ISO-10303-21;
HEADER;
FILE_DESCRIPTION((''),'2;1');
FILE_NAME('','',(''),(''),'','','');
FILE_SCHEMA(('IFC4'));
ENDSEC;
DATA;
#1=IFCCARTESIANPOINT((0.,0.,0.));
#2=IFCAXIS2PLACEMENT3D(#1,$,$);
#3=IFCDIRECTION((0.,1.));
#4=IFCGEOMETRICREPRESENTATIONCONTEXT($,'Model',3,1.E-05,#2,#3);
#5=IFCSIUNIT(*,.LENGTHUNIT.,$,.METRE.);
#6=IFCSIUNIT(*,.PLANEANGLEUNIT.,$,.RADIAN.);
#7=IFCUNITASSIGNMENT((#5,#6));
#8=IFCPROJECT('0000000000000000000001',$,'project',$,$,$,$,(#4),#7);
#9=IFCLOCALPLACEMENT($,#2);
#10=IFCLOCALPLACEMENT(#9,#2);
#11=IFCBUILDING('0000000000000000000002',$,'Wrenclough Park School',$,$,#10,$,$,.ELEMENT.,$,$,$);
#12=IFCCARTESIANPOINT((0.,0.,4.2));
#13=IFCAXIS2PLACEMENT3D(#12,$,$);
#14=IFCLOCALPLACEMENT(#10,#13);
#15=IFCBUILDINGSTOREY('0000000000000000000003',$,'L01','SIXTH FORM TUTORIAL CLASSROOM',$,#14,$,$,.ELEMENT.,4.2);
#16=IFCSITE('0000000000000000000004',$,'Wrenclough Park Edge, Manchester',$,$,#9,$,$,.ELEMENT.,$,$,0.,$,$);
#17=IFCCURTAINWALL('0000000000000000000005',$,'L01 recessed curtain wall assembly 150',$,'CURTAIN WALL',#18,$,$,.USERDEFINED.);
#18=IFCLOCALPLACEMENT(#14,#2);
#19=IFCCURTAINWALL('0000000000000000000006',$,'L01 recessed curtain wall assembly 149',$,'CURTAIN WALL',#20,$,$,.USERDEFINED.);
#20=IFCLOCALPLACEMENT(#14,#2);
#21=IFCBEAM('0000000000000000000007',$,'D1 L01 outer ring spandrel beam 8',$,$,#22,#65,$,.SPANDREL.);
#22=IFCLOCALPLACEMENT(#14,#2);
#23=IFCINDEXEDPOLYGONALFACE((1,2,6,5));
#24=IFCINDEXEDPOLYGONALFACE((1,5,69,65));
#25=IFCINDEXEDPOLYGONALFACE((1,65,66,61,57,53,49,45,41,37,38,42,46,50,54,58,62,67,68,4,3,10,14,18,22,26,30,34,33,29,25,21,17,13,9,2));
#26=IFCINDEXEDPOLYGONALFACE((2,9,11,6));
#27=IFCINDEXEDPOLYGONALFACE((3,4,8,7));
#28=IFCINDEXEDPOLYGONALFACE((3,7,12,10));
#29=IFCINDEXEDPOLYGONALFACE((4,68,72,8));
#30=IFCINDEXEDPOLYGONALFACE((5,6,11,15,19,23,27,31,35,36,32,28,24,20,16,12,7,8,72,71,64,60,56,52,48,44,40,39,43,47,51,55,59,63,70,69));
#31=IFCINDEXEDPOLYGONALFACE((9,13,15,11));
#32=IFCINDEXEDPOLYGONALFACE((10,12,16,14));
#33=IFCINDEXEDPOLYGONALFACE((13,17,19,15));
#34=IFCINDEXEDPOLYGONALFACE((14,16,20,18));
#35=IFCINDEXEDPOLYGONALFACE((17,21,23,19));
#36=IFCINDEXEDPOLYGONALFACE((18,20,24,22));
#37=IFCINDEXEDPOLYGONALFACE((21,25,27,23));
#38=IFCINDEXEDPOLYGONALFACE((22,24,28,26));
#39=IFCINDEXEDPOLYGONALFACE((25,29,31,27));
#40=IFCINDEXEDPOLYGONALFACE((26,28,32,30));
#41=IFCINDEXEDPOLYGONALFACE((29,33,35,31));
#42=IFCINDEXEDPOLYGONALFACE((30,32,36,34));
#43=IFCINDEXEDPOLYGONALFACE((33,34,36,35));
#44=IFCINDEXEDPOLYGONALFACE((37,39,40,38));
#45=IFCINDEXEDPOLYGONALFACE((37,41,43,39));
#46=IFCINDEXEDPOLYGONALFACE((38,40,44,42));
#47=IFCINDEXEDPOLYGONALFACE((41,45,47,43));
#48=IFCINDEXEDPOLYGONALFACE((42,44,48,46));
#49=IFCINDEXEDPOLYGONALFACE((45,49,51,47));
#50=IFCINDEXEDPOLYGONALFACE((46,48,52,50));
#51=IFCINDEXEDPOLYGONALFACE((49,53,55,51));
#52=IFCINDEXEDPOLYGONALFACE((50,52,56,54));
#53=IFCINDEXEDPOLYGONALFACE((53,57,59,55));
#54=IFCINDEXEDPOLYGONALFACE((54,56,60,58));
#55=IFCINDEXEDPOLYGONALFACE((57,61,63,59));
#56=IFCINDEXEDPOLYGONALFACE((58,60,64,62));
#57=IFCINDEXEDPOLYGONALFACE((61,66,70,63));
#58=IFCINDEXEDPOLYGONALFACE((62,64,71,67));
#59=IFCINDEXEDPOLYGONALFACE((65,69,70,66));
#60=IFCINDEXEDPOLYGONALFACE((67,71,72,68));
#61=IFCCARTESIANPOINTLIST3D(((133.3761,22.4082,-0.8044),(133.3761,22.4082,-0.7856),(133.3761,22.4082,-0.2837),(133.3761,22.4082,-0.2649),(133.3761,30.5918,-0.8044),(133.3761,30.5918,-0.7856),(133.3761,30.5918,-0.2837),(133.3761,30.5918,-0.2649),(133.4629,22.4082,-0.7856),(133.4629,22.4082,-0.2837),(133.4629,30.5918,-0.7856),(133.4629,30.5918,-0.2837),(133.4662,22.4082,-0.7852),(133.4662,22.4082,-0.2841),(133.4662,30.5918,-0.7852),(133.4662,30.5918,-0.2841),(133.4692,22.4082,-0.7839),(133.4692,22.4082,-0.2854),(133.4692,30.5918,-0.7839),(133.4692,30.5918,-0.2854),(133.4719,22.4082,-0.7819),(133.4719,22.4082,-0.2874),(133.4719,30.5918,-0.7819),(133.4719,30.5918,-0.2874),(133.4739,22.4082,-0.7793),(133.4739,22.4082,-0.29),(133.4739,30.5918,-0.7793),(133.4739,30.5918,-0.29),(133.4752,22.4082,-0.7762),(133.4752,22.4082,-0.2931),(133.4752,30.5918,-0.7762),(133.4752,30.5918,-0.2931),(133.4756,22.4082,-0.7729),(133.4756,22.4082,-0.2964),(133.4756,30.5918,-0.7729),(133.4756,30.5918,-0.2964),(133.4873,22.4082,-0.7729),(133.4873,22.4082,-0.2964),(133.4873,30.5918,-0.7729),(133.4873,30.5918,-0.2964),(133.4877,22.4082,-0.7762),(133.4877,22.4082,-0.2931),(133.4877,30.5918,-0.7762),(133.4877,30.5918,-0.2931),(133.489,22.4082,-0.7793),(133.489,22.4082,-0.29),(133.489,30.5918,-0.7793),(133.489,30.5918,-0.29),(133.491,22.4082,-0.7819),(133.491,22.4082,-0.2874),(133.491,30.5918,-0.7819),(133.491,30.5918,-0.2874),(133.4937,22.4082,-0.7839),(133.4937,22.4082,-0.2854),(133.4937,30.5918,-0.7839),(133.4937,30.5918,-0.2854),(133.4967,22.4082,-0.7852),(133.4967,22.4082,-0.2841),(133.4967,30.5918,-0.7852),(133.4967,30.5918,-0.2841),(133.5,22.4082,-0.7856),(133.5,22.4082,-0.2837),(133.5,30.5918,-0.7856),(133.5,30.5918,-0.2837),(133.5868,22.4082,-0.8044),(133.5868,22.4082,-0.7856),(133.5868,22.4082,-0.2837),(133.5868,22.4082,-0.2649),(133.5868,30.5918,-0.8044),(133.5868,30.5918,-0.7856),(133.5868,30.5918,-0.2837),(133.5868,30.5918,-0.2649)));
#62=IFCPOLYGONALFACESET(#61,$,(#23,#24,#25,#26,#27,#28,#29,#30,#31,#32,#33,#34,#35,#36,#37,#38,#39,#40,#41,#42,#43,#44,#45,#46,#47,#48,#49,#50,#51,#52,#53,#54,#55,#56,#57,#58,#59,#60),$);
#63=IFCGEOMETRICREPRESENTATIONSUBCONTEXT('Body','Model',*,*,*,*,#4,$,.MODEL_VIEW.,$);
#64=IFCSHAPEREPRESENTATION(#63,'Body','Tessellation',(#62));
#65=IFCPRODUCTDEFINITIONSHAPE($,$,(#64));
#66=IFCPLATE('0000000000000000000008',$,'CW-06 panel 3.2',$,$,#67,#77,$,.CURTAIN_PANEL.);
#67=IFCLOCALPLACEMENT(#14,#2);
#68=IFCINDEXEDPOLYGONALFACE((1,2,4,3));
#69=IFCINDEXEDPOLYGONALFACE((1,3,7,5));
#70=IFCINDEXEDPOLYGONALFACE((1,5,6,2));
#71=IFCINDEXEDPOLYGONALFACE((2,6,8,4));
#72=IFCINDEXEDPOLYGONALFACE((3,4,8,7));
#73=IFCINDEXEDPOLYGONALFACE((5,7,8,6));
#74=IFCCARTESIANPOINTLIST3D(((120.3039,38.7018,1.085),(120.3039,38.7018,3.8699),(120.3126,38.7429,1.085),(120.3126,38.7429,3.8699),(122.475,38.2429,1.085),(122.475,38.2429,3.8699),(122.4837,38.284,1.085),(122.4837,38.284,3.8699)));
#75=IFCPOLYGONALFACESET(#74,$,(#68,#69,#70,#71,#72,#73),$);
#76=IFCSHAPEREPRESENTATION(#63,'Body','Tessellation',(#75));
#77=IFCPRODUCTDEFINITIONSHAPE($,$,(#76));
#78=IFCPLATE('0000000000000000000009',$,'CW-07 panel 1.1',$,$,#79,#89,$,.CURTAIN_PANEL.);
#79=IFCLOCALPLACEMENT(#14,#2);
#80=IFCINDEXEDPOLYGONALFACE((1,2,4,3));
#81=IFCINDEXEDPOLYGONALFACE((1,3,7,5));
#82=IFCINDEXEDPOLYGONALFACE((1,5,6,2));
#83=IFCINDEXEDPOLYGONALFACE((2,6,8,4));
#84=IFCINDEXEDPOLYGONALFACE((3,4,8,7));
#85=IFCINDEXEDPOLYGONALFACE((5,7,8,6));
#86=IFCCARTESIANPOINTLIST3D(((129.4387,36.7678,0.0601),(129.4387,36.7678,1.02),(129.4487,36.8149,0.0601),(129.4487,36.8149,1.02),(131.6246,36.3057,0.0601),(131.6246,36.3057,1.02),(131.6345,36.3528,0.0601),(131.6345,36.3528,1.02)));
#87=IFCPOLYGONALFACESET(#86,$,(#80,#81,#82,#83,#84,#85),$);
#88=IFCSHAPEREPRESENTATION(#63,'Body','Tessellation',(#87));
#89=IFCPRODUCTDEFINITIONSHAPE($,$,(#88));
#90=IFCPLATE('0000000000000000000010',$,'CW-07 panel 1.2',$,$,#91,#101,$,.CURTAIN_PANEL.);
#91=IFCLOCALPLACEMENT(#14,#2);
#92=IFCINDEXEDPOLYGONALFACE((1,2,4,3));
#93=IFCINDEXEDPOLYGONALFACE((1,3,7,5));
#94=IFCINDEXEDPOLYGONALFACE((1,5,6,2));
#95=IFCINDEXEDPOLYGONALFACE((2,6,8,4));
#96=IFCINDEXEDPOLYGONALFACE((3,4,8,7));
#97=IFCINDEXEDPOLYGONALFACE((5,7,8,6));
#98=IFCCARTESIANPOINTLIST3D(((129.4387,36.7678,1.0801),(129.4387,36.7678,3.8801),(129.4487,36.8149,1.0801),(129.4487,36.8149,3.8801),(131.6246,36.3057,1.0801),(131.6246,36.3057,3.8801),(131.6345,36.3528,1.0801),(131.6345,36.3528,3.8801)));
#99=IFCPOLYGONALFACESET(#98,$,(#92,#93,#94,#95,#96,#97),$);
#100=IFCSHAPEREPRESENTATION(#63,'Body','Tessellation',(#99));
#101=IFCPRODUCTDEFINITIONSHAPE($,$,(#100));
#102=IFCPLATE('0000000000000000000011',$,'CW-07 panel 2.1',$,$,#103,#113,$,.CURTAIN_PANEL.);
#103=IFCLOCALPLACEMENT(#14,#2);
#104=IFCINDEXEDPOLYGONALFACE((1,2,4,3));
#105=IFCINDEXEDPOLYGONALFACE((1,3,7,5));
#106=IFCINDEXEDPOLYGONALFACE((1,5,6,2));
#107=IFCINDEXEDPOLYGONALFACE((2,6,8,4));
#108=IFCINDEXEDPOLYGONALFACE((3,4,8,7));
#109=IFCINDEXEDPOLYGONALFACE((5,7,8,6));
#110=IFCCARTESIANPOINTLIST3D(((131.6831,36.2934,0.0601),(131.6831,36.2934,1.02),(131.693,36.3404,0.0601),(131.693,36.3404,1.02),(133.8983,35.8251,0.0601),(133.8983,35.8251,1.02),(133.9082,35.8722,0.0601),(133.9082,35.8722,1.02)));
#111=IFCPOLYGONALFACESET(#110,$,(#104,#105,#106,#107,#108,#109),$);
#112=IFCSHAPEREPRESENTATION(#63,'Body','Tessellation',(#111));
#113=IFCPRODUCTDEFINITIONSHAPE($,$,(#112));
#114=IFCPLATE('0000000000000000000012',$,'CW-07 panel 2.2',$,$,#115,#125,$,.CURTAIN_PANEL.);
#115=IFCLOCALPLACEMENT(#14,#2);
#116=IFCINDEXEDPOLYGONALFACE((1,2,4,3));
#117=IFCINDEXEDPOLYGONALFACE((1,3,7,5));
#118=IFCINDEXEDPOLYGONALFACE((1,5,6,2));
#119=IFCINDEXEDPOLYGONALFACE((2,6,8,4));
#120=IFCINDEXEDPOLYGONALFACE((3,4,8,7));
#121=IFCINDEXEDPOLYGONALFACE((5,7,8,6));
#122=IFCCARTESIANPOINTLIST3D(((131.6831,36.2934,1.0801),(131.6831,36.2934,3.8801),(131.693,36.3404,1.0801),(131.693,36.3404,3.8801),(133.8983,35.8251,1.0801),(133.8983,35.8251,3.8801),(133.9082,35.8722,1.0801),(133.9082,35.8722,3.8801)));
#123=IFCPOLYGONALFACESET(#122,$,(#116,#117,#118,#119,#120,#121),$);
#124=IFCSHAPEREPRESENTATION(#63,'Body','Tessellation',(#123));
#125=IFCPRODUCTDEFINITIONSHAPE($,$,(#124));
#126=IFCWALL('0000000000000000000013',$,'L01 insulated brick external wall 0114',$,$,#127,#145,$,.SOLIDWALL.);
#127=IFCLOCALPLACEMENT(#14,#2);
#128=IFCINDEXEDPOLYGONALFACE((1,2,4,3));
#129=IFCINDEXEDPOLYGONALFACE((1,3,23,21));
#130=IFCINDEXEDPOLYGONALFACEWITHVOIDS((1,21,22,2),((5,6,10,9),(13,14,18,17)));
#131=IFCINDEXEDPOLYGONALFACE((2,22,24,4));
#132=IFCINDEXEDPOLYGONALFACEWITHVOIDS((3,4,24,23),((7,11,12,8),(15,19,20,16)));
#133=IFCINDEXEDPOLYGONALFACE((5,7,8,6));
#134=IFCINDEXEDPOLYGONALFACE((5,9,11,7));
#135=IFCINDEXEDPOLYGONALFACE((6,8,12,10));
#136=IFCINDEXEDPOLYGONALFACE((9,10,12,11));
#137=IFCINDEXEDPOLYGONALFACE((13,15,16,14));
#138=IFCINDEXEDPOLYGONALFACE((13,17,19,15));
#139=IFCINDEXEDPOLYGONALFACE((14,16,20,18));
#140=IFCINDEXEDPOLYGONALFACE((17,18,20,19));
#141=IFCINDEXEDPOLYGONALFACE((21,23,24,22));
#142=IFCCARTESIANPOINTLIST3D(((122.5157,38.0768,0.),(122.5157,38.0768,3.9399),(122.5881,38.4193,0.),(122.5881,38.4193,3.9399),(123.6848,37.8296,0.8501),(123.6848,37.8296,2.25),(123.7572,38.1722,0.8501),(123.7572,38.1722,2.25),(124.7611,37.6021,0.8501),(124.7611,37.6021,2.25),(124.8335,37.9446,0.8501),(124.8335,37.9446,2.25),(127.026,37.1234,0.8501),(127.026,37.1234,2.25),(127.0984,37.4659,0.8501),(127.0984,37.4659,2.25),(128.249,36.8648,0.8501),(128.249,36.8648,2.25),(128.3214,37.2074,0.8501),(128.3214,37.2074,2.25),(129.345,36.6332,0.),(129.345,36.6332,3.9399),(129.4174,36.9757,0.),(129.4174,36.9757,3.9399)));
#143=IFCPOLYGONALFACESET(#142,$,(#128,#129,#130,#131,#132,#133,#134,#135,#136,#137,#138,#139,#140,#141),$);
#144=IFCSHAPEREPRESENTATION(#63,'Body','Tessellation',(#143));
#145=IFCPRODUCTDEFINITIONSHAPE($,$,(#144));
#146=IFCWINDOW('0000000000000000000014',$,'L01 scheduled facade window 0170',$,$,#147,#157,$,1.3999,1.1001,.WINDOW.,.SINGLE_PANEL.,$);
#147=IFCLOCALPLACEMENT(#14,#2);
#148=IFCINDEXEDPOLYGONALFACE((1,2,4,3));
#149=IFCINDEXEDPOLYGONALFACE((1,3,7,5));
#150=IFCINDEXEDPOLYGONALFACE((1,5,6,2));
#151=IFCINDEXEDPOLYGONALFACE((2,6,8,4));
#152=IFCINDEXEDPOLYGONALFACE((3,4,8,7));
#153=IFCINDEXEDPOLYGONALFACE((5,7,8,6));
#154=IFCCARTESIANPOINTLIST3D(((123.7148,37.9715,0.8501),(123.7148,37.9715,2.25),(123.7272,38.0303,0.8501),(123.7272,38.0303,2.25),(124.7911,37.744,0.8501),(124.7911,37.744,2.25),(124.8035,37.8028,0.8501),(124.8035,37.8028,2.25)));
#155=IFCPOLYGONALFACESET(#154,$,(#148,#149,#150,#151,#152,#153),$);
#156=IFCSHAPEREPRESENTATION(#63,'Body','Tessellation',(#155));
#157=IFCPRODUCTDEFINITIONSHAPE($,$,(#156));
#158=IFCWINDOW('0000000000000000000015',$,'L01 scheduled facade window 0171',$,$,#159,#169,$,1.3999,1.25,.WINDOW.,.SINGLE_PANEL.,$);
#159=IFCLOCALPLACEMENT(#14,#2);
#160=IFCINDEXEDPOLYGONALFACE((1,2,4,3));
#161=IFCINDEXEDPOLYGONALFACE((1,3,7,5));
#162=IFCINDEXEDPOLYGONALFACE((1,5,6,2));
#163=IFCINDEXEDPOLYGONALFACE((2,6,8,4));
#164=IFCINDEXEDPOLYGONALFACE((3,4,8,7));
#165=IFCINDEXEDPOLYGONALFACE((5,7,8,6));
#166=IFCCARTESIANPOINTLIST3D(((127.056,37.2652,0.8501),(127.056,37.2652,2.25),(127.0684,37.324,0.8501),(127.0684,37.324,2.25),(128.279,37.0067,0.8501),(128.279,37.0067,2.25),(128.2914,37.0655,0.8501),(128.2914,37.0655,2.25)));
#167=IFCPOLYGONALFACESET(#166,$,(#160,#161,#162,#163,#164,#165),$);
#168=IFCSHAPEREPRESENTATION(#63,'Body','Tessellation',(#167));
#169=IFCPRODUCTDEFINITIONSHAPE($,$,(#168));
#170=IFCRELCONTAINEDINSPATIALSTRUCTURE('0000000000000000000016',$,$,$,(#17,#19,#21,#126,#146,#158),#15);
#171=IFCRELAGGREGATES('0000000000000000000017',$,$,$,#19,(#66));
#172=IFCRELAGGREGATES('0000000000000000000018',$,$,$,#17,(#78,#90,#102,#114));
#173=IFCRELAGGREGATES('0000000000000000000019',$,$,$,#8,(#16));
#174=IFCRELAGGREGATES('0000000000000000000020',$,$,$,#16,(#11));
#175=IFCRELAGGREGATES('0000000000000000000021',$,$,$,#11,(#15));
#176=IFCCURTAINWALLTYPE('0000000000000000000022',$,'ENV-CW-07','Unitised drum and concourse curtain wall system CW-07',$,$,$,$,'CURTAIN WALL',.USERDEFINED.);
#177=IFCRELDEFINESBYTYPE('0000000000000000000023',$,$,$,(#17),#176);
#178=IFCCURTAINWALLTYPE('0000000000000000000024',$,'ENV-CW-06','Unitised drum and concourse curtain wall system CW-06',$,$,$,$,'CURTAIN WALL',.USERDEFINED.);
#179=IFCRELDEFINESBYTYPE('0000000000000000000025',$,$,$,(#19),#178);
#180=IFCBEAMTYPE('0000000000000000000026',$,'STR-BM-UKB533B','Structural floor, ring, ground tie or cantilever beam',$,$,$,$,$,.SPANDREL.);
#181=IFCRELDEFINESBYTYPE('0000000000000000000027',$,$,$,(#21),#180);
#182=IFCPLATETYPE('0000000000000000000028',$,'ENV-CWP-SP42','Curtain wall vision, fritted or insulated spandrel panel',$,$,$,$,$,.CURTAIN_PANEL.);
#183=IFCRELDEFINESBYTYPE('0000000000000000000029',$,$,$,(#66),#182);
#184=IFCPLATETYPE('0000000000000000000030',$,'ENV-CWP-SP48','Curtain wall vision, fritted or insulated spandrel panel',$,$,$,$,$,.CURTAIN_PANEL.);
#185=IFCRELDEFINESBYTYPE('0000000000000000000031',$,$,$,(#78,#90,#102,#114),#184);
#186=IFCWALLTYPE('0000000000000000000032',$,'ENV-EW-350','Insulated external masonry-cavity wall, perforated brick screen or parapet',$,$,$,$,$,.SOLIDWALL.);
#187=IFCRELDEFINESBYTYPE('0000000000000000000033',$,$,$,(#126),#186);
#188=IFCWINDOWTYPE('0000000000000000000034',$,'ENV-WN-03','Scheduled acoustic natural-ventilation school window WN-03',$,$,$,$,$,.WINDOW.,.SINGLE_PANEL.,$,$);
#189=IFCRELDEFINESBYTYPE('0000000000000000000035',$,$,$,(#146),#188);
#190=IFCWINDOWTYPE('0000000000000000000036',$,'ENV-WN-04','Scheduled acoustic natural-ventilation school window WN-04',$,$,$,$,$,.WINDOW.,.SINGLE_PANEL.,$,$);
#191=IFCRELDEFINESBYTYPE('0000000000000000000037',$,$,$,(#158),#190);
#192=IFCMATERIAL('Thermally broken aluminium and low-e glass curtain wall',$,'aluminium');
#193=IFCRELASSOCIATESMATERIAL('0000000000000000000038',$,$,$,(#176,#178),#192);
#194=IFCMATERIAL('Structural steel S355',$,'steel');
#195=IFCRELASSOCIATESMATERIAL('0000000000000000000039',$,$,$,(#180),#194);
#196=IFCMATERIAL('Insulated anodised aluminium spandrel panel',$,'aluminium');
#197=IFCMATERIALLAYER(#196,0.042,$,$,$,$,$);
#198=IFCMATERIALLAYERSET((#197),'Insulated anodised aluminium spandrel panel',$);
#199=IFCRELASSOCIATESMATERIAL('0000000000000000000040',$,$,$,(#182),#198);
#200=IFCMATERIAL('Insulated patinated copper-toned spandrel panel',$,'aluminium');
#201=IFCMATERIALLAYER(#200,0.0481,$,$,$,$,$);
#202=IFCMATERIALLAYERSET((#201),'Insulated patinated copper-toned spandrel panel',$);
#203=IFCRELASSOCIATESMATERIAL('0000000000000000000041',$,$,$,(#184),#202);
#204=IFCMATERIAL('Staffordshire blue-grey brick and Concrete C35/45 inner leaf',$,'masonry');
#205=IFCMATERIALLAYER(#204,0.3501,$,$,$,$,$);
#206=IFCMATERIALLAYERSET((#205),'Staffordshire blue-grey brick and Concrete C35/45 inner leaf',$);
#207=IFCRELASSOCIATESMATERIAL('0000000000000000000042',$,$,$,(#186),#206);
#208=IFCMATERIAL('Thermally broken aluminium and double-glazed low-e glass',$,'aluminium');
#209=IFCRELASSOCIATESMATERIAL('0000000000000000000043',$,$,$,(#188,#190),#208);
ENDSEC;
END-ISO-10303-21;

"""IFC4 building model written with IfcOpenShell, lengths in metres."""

from ifc_helpers import new_model, si_unit, direction, frame, frame_2d, origin, origin_2d, place, context, subcontext, project, spatial, rectangle, i_section, extrude, material, layer, layer_set, material_profile, profile_set, type_object, element, fill, aggregate, save


model = new_model("IFC4")

# Units and contexts
model_context = context("Model", 3, precision=1e-05, world=origin(), true_north=direction((0.0, 1.0)))
body_context = subcontext(model_context, "Body", "Model", "MODEL_VIEW")
ifc_project = project(units=[si_unit("LENGTHUNIT", "METRE"), si_unit("PLANEANGLEUNIT", "RADIAN")], contexts=[model_context])

# Site, building, storey
site_placement = place(None, origin())
site = spatial("IfcSite", under=ifc_project, at=site_placement, Name="Wrenclough Park Edge, Manchester", CompositionType="ELEMENT", RefElevation=0.0)
building_placement = place(site_placement, origin())
building = spatial("IfcBuilding", under=site, at=building_placement, Name="Wrenclough Park School", CompositionType="ELEMENT")
storey_placement = place(building_placement, frame((0.0, 0.0, 4.2)))
storey = spatial("IfcBuildingStorey", under=building, at=storey_placement, Name="L01", Description="SIXTH FORM TUTORIAL CLASSROOM", CompositionType="ELEMENT", Elevation=4.2)

# Shared definitions
ifc_material_1 = material(Name="Structural steel S355", Category="steel")

# Curtain wall
ifc_material_2 = material(Name="Thermally broken aluminium and low-e glass curtain wall", Category="aluminium")
curtain_wall_type_1 = type_object("IfcCurtainWallType", Name="ENV-CW-07", Description="Unitised drum and concourse curtain wall system CW-07", ElementType="CURTAIN WALL", PredefinedType="USERDEFINED", material=ifc_material_2)
curtain_wall_1_placement = place(storey_placement, origin())
curtain_wall_1 = element("IfcCurtainWall", 1, at=curtain_wall_1_placement, inside=storey, type_object=curtain_wall_type_1, Name="L01 recessed curtain wall assembly 150", ObjectType="CURTAIN WALL", PredefinedType="USERDEFINED")

# Curtain wall
curtain_wall_type_2 = type_object("IfcCurtainWallType", Name="ENV-CW-06", Description="Unitised drum and concourse curtain wall system CW-06", ElementType="CURTAIN WALL", PredefinedType="USERDEFINED", material=ifc_material_2)
curtain_wall_2_placement = place(storey_placement, origin())
curtain_wall_2 = element("IfcCurtainWall", 2, at=curtain_wall_2_placement, inside=storey, type_object=curtain_wall_type_2, Name="L01 recessed curtain wall assembly 149", ObjectType="CURTAIN WALL", PredefinedType="USERDEFINED")

# Beam
ifc_material_profile_1 = material_profile(ifc_material_1, i_section(OverallWidth=0.2107, OverallDepth=0.5396, WebThickness=0.0117, FlangeThickness=0.0188, FilletRadius=0.0127, at=origin_2d()), Name="UKB 533x210x109")
ifc_profile_set_1 = profile_set([ifc_material_profile_1], Name="Structural steel S355")
beam_type_1 = type_object("IfcBeamType", Name="STR-BM-UKB533B", Description="Structural floor, ring, ground tie or cantilever beam", PredefinedType="SPANDREL", material=ifc_profile_set_1)
beam_1_placement = place(storey_placement, frame((133.4814, 30.5918, -0.5347), z_axis=(0.0, -1.0, 0.0), x_axis=(1.0, 0.0, 0.0)))
element("IfcBeam", 3, at=beam_1_placement, inside=storey, type_object=beam_type_1, Name="D1 L01 outer ring spandrel beam 8", PredefinedType="SPANDREL", context=body_context, shape_type="SweptSolid", body=[
    extrude(i_section(OverallWidth=0.2107, OverallDepth=0.5396, WebThickness=0.0117, FlangeThickness=0.0188, FilletRadius=0.0127, at=origin_2d()), origin(), (0.0, 0.0, 1.0), 8.1836),
])

# Plates
ifc_material_3 = material(Name="Insulated anodised aluminium spandrel panel", Category="aluminium")
ifc_layer_1 = layer(ifc_material_3, 0.042)
ifc_layer_set_1 = layer_set([ifc_layer_1], Name="Insulated anodised aluminium spandrel panel")
plate_type_1 = type_object("IfcPlateType", Name="ENV-CWP-SP42", Description="Curtain wall vision, fritted or insulated spandrel panel", PredefinedType="CURTAIN_PANEL", material=ifc_layer_set_1)
plate_1_placement = place(storey_placement, frame((121.3938, 38.4929, 1.085), z_axis=(0.0, 0.0, 1.0), x_axis=(0.978382, -0.206806, 0.0)))
plate_1 = element("IfcPlate", 4, at=plate_1_placement, type_object=plate_type_1, Name="CW-06 panel 3.2", PredefinedType="CURTAIN_PANEL", context=body_context, shape_type="SweptSolid", body=[
    extrude(rectangle(XDim=2.219, YDim=0.042, at=origin_2d()), origin(), (0.0, 0.0, 1.0), 2.7849),
])
aggregate(curtain_wall_2, [plate_1])
ifc_material_4 = material(Name="Insulated patinated copper-toned spandrel panel", Category="aluminium")
ifc_layer_2 = layer(ifc_material_4, 0.0481)
ifc_layer_set_2 = layer_set([ifc_layer_2], Name="Insulated patinated copper-toned spandrel panel")
plate_type_2 = type_object("IfcPlateType", Name="ENV-CWP-SP48", Description="Curtain wall vision, fritted or insulated spandrel panel", PredefinedType="CURTAIN_PANEL", material=ifc_layer_set_2)
plate_2_placement = place(storey_placement, frame((130.5366, 36.5603, 0.0601), z_axis=(0.0, 0.0, 1.0), x_axis=(0.978379, -0.20682, 0.0)))
plate_2 = element("IfcPlate", 5, at=plate_2_placement, type_object=plate_type_2, Name="CW-07 panel 1.1", PredefinedType="CURTAIN_PANEL", context=body_context, shape_type="SweptSolid", body=[
    extrude(rectangle(XDim=2.2341, YDim=0.0481, at=origin_2d()), origin(), (0.0, 0.0, 1.0), 0.96),
])
plate_3_placement = place(storey_placement, frame((130.5366, 36.5603, 1.0801), z_axis=(0.0, 0.0, 1.0), x_axis=(0.978379, -0.20682, 0.0)))
plate_3 = element("IfcPlate", 6, at=plate_3_placement, type_object=plate_type_2, Name="CW-07 panel 1.2", PredefinedType="CURTAIN_PANEL", context=body_context, shape_type="SweptSolid", body=[
    extrude(rectangle(XDim=2.2341, YDim=0.0481, at=origin_2d()), origin(), (0.0, 0.0, 1.0), 2.8),
])
plate_4_placement = place(storey_placement, frame((132.7957, 36.0828, 0.0601), z_axis=(0.0, 0.0, 1.0), x_axis=(0.978379, -0.20682, 0.0)))
plate_4 = element("IfcPlate", 7, at=plate_4_placement, type_object=plate_type_2, Name="CW-07 panel 2.1", PredefinedType="CURTAIN_PANEL", context=body_context, shape_type="SweptSolid", body=[
    extrude(rectangle(XDim=2.2642, YDim=0.0481, at=origin_2d()), origin(), (0.0, 0.0, 1.0), 0.96),
])
plate_5_placement = place(storey_placement, frame((132.7957, 36.0828, 1.0801), z_axis=(0.0, 0.0, 1.0), x_axis=(0.978379, -0.20682, 0.0)))
plate_5 = element("IfcPlate", 8, at=plate_5_placement, type_object=plate_type_2, Name="CW-07 panel 2.2", PredefinedType="CURTAIN_PANEL", context=body_context, shape_type="SweptSolid", body=[
    extrude(rectangle(XDim=2.2642, YDim=0.0481, at=origin_2d()), origin(), (0.0, 0.0, 1.0), 2.8),
])
aggregate(curtain_wall_1, [plate_2, plate_3, plate_4, plate_5])

# Wall, openings, windows
ifc_material_5 = material(Name="Staffordshire blue-grey brick and Concrete C35/45 inner leaf", Category="masonry")
ifc_layer_3 = layer(ifc_material_5, 0.3501)
ifc_layer_set_3 = layer_set([ifc_layer_3], Name="Staffordshire blue-grey brick and Concrete C35/45 inner leaf")
wall_type = type_object("IfcWallType", Name="ENV-EW-350", Description="Insulated external masonry-cavity wall, perforated brick screen or parapet", PredefinedType="SOLIDWALL", material=ifc_layer_set_3)
wall_placement = place(storey_placement, frame((122.5518, 38.248, 0.0), z_axis=(0.0, 0.0, 1.0), x_axis=(0.978381, -0.206812, 0.0)))
wall = element("IfcWall", 9, at=wall_placement, inside=storey, type_object=wall_type, Name="L01 insulated brick external wall 0114", PredefinedType="SOLIDWALL", context=body_context, shape_type="SweptSolid", body=[
    extrude(rectangle(XDim=6.9802, YDim=0.3501, at=frame_2d((3.4902, 0.0))), origin(), (0.0, 0.0, 1.0), 3.9399),
])
opening_1_placement = place(wall_placement, frame((1.1951, 0.0, 0.8501)))
opening_1 = element("IfcOpeningElement", 10, at=opening_1_placement, cuts=wall, PredefinedType="OPENING", context=body_context, shape_type="SweptSolid", body=[
    extrude(rectangle(XDim=1.1001, YDim=1.3999, at=frame_2d((0.55, 0.7))), frame((0.0, 0.1851, 0.0), z_axis=(0.0, -1.0, 0.0), x_axis=(1.0, 0.0, 0.0)), (0.0, 0.0, 1.0), 0.3701),
])
opening_2_placement = place(wall_placement, frame((4.6101, 0.0, 0.8501)))
opening_2 = element("IfcOpeningElement", 11, at=opening_2_placement, cuts=wall, PredefinedType="OPENING", context=body_context, shape_type="SweptSolid", body=[
    extrude(rectangle(XDim=1.25, YDim=1.3999, at=frame_2d((0.625, 0.7))), frame((0.0, 0.1851, 0.0), z_axis=(0.0, -1.0, 0.0), x_axis=(1.0, 0.0, 0.0)), (0.0, 0.0, 1.0), 0.3701),
])
ifc_material_6 = material(Name="Thermally broken aluminium and double-glazed low-e glass", Category="aluminium")
window_type_1 = type_object("IfcWindowType", Name="ENV-WN-03", Description="Scheduled acoustic natural-ventilation school window WN-03", PartitioningType="SINGLE_PANEL", PredefinedType="WINDOW", material=ifc_material_6)
window_1_placement = place(opening_1_placement, origin())
window_1 = element("IfcWindow", 12, at=window_1_placement, inside=storey, type_object=window_type_1, Name="L01 scheduled facade window 0170", OverallHeight=1.3999, OverallWidth=1.1001, PartitioningType="SINGLE_PANEL", PredefinedType="WINDOW", context=body_context, shape_type="SweptSolid", body=[
    extrude(rectangle(XDim=1.1001, YDim=1.3999, at=frame_2d((0.55, 0.7))), frame((0.0, 0.03, 0.0), z_axis=(0.0, -1.0, 0.0), x_axis=(1.0, 0.0, 0.0)), (0.0, 0.0, 1.0), 0.0601),
])
fill(opening_1, window_1)
window_type_2 = type_object("IfcWindowType", Name="ENV-WN-04", Description="Scheduled acoustic natural-ventilation school window WN-04", PartitioningType="SINGLE_PANEL", PredefinedType="WINDOW", material=ifc_material_6)
window_2_placement = place(opening_2_placement, origin())
window_2 = element("IfcWindow", 13, at=window_2_placement, inside=storey, type_object=window_type_2, Name="L01 scheduled facade window 0171", OverallHeight=1.3999, OverallWidth=1.25, PartitioningType="SINGLE_PANEL", PredefinedType="WINDOW", context=body_context, shape_type="SweptSolid", body=[
    extrude(rectangle(XDim=1.25, YDim=1.3999, at=frame_2d((0.625, 0.7))), frame((0.0, 0.03, 0.0), z_axis=(0.0, -1.0, 0.0), x_axis=(1.0, 0.0, 0.0)), (0.0, 0.0, 1.0), 0.0601),
])
fill(opening_2, window_2)

save(model, "model.ifc")
